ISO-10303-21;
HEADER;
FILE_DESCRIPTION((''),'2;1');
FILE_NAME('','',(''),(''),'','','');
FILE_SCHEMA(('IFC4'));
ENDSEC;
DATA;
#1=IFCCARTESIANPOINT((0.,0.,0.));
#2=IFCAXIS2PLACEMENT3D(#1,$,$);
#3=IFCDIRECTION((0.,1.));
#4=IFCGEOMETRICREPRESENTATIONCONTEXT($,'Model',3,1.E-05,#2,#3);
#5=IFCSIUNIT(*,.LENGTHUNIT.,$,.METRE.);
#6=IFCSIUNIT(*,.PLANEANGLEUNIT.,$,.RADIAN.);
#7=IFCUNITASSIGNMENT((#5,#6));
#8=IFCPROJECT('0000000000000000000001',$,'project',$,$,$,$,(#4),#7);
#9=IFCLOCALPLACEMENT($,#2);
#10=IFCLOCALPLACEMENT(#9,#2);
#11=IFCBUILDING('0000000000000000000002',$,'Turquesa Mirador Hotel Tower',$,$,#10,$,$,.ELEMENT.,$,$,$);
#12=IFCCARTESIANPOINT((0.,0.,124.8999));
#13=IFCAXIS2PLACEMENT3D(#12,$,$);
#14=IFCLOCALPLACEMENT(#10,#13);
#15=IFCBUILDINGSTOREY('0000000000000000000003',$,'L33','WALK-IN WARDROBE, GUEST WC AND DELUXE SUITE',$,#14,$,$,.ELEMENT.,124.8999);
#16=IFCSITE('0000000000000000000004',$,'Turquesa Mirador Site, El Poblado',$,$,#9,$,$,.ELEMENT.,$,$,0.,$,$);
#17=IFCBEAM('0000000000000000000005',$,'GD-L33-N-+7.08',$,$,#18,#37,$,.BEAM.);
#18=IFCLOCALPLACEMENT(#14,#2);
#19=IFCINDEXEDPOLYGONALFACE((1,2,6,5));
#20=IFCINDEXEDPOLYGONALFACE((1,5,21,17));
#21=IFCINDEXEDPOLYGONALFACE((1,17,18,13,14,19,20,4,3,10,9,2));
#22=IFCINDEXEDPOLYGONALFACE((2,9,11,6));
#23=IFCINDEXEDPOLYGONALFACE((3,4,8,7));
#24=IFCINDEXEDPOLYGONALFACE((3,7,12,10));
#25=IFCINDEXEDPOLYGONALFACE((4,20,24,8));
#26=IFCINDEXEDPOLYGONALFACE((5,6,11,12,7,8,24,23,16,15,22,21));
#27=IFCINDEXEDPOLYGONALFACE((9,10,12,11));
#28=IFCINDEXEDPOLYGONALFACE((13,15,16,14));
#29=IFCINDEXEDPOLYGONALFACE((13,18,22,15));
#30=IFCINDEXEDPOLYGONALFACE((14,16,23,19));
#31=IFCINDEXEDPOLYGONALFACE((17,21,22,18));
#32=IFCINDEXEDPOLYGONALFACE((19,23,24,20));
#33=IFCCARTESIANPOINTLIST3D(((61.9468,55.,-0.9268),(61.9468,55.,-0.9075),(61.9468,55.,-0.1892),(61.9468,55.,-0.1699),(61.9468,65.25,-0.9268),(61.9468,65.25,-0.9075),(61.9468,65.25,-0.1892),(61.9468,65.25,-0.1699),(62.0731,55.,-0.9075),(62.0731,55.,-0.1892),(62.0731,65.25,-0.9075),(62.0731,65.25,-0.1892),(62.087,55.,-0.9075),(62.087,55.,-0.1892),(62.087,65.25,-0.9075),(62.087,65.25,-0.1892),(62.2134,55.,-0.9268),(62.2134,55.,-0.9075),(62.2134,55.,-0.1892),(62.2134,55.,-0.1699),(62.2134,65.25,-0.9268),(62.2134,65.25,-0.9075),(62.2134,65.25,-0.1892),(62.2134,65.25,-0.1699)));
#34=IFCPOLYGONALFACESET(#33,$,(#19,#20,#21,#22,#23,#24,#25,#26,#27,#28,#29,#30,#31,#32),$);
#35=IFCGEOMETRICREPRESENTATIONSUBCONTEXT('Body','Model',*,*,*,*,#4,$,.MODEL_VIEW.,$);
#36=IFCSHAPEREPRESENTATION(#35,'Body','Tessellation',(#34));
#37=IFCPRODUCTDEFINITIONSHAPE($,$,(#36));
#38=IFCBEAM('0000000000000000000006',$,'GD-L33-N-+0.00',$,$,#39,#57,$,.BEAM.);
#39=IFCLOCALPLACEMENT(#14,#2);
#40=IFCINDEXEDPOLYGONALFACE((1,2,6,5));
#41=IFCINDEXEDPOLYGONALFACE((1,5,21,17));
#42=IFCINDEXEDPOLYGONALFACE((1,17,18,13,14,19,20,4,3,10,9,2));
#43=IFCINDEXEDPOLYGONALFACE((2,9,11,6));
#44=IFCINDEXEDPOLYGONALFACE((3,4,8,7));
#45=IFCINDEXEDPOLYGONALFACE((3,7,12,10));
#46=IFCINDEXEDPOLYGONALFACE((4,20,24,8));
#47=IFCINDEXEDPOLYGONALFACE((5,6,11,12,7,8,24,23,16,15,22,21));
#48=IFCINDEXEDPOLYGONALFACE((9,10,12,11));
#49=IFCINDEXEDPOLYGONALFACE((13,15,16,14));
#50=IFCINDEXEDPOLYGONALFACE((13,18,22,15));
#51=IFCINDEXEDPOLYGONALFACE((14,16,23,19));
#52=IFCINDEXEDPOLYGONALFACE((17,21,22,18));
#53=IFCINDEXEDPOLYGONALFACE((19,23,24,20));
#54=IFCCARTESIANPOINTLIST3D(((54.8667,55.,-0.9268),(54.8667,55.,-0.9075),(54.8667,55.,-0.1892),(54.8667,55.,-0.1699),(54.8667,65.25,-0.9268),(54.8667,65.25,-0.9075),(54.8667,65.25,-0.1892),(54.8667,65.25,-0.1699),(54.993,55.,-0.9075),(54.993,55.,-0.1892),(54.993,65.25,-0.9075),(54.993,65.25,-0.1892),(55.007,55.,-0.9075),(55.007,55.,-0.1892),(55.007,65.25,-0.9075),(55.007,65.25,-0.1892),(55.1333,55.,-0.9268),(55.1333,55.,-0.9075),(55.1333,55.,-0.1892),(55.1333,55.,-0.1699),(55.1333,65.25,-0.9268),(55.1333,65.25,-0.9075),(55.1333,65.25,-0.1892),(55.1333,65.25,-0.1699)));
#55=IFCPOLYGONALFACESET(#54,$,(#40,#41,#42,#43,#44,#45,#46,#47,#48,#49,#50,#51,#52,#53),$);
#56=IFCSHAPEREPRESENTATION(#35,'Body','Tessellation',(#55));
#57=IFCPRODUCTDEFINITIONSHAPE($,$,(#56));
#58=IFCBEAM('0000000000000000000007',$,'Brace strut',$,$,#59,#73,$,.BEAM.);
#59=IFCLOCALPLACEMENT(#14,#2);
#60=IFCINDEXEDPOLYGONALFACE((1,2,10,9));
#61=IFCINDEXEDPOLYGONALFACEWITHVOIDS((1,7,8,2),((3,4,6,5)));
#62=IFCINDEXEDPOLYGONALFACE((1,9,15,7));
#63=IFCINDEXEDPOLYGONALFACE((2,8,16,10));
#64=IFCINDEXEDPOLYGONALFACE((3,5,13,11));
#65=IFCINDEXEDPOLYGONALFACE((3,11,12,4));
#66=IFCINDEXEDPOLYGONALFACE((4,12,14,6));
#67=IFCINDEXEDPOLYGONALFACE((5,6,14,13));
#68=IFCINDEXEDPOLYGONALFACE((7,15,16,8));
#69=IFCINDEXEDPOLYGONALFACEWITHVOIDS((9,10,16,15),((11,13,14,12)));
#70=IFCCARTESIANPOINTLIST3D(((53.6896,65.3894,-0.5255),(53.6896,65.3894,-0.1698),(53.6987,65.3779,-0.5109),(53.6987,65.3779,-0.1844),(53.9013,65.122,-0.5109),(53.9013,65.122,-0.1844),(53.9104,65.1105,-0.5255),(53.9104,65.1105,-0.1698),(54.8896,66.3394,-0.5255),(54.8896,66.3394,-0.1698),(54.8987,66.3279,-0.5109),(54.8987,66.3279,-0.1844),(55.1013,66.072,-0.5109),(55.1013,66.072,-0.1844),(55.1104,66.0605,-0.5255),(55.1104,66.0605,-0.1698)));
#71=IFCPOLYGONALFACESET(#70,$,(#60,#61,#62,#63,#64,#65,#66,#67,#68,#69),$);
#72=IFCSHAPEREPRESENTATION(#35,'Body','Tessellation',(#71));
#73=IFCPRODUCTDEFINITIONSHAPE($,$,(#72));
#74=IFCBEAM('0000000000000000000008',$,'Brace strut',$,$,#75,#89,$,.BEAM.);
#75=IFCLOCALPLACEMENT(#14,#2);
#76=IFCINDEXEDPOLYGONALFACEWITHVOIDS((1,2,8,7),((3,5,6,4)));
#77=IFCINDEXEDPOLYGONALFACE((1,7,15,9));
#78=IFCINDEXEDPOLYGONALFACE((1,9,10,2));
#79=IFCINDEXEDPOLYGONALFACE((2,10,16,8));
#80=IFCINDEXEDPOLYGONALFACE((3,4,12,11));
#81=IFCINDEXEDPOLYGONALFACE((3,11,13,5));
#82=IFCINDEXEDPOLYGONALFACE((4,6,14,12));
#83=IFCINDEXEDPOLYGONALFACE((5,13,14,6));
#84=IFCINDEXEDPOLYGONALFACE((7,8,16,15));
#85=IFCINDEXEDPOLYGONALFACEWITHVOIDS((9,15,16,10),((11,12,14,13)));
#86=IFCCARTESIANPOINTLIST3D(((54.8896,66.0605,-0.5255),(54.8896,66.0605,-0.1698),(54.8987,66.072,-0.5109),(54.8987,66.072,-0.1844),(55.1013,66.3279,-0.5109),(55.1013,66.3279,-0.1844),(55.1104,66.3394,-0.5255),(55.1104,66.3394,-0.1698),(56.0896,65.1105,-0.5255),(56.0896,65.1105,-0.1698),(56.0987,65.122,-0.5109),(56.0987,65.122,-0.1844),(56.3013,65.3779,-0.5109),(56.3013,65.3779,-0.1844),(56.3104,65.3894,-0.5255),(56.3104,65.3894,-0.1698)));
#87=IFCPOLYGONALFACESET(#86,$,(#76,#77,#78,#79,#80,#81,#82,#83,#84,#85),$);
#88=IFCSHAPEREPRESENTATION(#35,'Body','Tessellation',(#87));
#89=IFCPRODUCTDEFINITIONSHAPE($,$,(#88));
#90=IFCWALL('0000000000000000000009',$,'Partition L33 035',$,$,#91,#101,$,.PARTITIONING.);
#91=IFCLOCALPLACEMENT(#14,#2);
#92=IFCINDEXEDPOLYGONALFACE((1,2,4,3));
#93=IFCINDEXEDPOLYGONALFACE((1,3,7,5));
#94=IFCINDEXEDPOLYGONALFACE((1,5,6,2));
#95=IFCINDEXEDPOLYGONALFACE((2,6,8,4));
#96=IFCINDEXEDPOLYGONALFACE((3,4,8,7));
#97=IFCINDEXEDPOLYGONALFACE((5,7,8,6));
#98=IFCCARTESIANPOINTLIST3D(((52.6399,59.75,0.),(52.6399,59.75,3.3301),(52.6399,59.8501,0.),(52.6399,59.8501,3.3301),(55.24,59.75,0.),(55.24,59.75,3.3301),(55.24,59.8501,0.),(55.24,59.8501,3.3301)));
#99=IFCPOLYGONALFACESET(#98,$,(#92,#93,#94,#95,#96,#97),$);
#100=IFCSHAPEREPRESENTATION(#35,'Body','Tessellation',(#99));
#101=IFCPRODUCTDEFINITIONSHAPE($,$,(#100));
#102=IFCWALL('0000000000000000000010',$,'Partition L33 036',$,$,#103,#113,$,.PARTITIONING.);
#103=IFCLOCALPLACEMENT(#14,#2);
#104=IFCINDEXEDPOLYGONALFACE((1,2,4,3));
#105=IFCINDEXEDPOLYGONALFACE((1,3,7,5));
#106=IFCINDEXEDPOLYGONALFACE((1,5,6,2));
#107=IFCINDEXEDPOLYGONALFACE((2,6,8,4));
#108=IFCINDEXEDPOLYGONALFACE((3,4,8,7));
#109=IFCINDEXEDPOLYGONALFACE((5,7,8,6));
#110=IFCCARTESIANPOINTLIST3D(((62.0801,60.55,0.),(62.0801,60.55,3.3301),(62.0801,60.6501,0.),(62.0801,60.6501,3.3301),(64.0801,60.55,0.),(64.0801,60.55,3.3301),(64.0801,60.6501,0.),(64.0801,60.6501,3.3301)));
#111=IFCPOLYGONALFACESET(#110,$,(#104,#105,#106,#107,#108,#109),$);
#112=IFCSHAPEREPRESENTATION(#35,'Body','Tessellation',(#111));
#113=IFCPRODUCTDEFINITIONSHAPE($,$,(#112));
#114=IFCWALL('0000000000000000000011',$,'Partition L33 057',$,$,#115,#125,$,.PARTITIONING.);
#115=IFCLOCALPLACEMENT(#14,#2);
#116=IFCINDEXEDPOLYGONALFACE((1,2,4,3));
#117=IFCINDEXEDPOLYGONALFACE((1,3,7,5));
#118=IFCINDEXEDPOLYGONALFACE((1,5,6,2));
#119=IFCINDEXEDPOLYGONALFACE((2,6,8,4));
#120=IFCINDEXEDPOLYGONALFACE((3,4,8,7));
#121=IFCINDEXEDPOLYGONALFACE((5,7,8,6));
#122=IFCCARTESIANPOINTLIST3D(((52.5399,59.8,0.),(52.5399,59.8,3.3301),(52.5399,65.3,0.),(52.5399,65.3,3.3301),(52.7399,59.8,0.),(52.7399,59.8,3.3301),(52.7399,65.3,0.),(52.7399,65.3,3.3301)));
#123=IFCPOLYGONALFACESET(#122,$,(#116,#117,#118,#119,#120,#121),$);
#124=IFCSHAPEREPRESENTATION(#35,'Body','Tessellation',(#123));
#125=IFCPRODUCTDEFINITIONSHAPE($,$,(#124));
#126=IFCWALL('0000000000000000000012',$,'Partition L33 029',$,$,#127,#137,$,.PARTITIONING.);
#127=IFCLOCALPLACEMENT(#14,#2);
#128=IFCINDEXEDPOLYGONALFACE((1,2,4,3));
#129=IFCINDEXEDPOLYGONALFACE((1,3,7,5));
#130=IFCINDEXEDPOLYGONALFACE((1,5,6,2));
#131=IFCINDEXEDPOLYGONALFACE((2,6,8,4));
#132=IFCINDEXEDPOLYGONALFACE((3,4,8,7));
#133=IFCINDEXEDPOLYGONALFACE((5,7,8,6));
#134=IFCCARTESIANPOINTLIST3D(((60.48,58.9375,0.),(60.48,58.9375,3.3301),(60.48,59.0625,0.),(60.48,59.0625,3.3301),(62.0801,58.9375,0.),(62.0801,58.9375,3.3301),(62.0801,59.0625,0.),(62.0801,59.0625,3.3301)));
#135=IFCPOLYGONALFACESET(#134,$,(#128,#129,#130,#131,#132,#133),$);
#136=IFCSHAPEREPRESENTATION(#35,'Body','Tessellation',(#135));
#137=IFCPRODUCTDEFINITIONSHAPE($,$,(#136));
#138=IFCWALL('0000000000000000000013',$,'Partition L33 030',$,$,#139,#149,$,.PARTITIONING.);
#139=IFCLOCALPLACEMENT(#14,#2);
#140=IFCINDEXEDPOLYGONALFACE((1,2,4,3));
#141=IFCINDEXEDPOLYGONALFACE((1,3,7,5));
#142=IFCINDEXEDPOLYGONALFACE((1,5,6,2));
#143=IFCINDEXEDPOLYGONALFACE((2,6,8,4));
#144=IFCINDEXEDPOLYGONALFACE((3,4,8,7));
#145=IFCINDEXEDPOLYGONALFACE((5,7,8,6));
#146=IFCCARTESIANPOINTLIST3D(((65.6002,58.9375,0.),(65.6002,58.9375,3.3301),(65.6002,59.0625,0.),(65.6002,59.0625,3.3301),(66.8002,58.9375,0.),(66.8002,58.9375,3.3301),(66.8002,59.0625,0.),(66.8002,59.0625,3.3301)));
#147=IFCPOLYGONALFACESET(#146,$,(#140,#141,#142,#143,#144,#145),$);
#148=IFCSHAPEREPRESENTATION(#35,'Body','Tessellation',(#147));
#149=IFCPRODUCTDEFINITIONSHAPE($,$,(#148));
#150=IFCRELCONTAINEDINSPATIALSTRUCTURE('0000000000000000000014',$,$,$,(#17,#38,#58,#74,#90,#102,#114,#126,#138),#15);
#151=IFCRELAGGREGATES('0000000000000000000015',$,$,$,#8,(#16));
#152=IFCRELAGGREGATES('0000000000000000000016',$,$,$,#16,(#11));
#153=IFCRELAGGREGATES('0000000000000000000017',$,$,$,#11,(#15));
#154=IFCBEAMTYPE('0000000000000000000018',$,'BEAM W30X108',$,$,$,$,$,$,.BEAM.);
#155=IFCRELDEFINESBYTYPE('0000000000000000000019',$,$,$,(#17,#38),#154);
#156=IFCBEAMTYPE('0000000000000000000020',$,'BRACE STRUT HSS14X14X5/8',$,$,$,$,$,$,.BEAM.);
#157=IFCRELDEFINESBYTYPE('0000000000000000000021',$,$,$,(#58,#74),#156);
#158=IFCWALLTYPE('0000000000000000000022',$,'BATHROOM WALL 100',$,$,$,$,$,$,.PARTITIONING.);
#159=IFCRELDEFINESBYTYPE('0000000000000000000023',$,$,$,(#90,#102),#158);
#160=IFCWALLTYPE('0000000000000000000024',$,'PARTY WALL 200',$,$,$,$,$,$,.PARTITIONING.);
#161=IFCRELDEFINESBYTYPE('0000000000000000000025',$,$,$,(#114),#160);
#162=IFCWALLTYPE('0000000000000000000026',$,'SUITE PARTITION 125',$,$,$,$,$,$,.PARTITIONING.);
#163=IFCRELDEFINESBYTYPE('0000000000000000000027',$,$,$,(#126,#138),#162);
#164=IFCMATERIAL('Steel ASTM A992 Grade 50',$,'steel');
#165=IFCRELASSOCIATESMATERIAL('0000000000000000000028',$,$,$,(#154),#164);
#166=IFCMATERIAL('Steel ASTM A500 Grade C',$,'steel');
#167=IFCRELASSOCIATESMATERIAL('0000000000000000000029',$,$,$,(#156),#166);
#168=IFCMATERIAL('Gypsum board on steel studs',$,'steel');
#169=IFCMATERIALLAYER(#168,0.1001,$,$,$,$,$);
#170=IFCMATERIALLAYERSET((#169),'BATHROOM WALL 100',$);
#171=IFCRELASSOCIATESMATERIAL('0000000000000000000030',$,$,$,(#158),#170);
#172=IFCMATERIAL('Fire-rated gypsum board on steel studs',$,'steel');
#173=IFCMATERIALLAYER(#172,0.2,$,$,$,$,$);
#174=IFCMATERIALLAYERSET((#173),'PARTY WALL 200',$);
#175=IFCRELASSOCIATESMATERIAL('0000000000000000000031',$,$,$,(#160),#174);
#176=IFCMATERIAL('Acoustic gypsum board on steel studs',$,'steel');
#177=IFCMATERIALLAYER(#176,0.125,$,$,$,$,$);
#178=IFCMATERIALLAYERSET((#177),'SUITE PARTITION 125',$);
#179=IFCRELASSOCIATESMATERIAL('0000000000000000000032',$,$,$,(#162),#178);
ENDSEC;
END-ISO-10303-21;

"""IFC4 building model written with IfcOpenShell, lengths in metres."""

from ifc_helpers import new_model, si_unit, direction, frame, frame_2d, origin, origin_2d, place, context, subcontext, project, spatial, rectangle, hollow_rectangle, i_section, extrude, material, layer, layer_set, material_profile, profile_set, type_object, element, save


model = new_model("IFC4")

# Units and contexts
model_context = context("Model", 3, precision=1e-05, world=origin(), true_north=direction((0.0, 1.0)))
body_context = subcontext(model_context, "Body", "Model", "MODEL_VIEW")
ifc_project = project(units=[si_unit("LENGTHUNIT", "METRE"), si_unit("PLANEANGLEUNIT", "RADIAN")], contexts=[model_context])

# Site, building, storey
site_placement = place(None, origin())
site = spatial("IfcSite", under=ifc_project, at=site_placement, Name="Turquesa Mirador Site, El Poblado", CompositionType="ELEMENT", RefElevation=0.0)
building_placement = place(site_placement, origin())
building = spatial("IfcBuilding", under=site, at=building_placement, Name="Turquesa Mirador Hotel Tower", CompositionType="ELEMENT")
storey_placement = place(building_placement, frame((0.0, 0.0, 124.8999)))
storey = spatial("IfcBuildingStorey", under=building, at=storey_placement, Name="L33", Description="WALK-IN WARDROBE, GUEST WC AND DELUXE SUITE", CompositionType="ELEMENT", Elevation=124.8999)

# Beams
ifc_material_1 = material(Name="Steel ASTM A992 Grade 50", Category="steel")
ifc_material_profile_1 = material_profile(ifc_material_1, i_section(OverallWidth=0.2666, OverallDepth=0.7568, WebThickness=0.0139, FlangeThickness=0.0193, at=origin_2d()), Name="W30X108")
ifc_profile_set_1 = profile_set([ifc_material_profile_1], Name="Steel ASTM A992 Grade 50")
beam_type_1 = type_object("IfcBeamType", Name="BEAM W30X108", PredefinedType="BEAM", material=ifc_profile_set_1)
for number, where, z_axis, x_axis, name in (
    (1, (62.0801, 65.25, -0.5483), (0.0, -1.0, 0.0), (1.0, 0.0, 0.0), "GD-L33-N-+7.08"),
    (2, (55.0, 65.25, -0.5483), (0.0, -1.0, 0.0), (1.0, 0.0, 0.0), "GD-L33-N-+0.00"),
):
    element("IfcBeam", number, at=place(storey_placement, frame(where, z_axis=z_axis, x_axis=x_axis)), inside=storey, type_object=beam_type_1, Name=name, PredefinedType="BEAM", context=body_context, shape_type="SweptSolid", body=[
        extrude(i_section(OverallWidth=0.2666, OverallDepth=0.7568, WebThickness=0.0139, FlangeThickness=0.0193, at=origin_2d()), origin(), (0.0, 0.0, 1.0), 10.25),
    ])
ifc_material_2 = material(Name="Steel ASTM A500 Grade C", Category="steel")
ifc_material_profile_2 = material_profile(ifc_material_2, hollow_rectangle(XDim=0.3557, YDim=0.3557, WallThickness=0.0146, at=origin_2d()), Name="HSS14X14X5/8")
ifc_profile_set_2 = profile_set([ifc_material_profile_2], Name="Steel ASTM A500 Grade C")
beam_type_2 = type_object("IfcBeamType", Name="BRACE STRUT HSS14X14X5/8", PredefinedType="BEAM", material=ifc_profile_set_2)
for number, where, z_axis, x_axis, name in (
    (3, (55.0, 66.2, -0.3477), (-0.784049, -0.620699, 0.0), (0.620699, -0.784049, 0.0), "Brace strut"),
    (4, (55.0, 66.2, -0.3477), (0.784049, -0.620699, 0.0), (0.620699, 0.784049, 0.0), "Brace strut"),
):
    element("IfcBeam", number, at=place(storey_placement, frame(where, z_axis=z_axis, x_axis=x_axis)), inside=storey, type_object=beam_type_2, Name=name, PredefinedType="BEAM", context=body_context, shape_type="SweptSolid", body=[
        extrude(hollow_rectangle(XDim=0.3557, YDim=0.3557, WallThickness=0.0146, at=origin_2d()), origin(), (0.0, 0.0, 1.0), 1.5305),
    ])

# Walls
ifc_material_3 = material(Name="Gypsum board on steel studs", Category="steel")
ifc_layer_1 = layer(ifc_material_3, 0.1001)
ifc_layer_set_1 = layer_set([ifc_layer_1], Name="BATHROOM WALL 100")
wall_type_1 = type_object("IfcWallType", Name="BATHROOM WALL 100", PredefinedType="PARTITIONING", material=ifc_layer_set_1)
wall_1_placement = place(storey_placement, frame((52.6399, 59.8, 0.0), z_axis=(0.0, 0.0, 1.0), x_axis=(1.0, 0.0, 0.0)))
element("IfcWall", 5, at=wall_1_placement, inside=storey, type_object=wall_type_1, Name="Partition L33 035", PredefinedType="PARTITIONING", context=body_context, shape_type="SweptSolid", body=[
    extrude(rectangle(XDim=2.6001, YDim=0.1001, at=frame_2d((1.3, 0.0))), origin(), (0.0, 0.0, 1.0), 3.3301),
])
wall_2_placement = place(storey_placement, frame((62.0801, 60.6001, 0.0), z_axis=(0.0, 0.0, 1.0), x_axis=(1.0, 0.0, 0.0)))
element("IfcWall", 6, at=wall_2_placement, inside=storey, type_object=wall_type_1, Name="Partition L33 036", PredefinedType="PARTITIONING", context=body_context, shape_type="SweptSolid", body=[
    extrude(rectangle(XDim=2.0, YDim=0.1001, at=frame_2d((1.0, 0.0))), origin(), (0.0, 0.0, 1.0), 3.3301),
])
ifc_material_4 = material(Name="Fire-rated gypsum board on steel studs", Category="steel")
ifc_layer_2 = layer(ifc_material_4, 0.2)
ifc_layer_set_2 = layer_set([ifc_layer_2], Name="PARTY WALL 200")
wall_type_2 = type_object("IfcWallType", Name="PARTY WALL 200", PredefinedType="PARTITIONING", material=ifc_layer_set_2)
wall_3_placement = place(storey_placement, frame((52.6399, 59.8, 0.0), z_axis=(0.0, 0.0, 1.0), x_axis=(0.0, 1.0, 0.0)))
element("IfcWall", 7, at=wall_3_placement, inside=storey, type_object=wall_type_2, Name="Partition L33 057", PredefinedType="PARTITIONING", context=body_context, shape_type="SweptSolid", body=[
    extrude(rectangle(XDim=5.5, YDim=0.2, at=frame_2d((2.75, 0.0))), origin(), (0.0, 0.0, 1.0), 3.3301),
])
ifc_material_5 = material(Name="Acoustic gypsum board on steel studs", Category="steel")
ifc_layer_3 = layer(ifc_material_5, 0.125)
ifc_layer_set_3 = layer_set([ifc_layer_3], Name="SUITE PARTITION 125")
wall_type_3 = type_object("IfcWallType", Name="SUITE PARTITION 125", PredefinedType="PARTITIONING", material=ifc_layer_set_3)
wall_4_placement = place(storey_placement, frame((60.48, 59.0, 0.0), z_axis=(0.0, 0.0, 1.0), x_axis=(1.0, 0.0, 0.0)))
element("IfcWall", 8, at=wall_4_placement, inside=storey, type_object=wall_type_3, Name="Partition L33 029", PredefinedType="PARTITIONING", context=body_context, shape_type="SweptSolid", body=[
    extrude(rectangle(XDim=1.6001, YDim=0.125, at=frame_2d((0.8, 0.0))), origin(), (0.0, 0.0, 1.0), 3.3301),
])
wall_5_placement = place(storey_placement, frame((65.6001, 59.0, 0.0), z_axis=(0.0, 0.0, 1.0), x_axis=(1.0, 0.0, 0.0)))
element("IfcWall", 9, at=wall_5_placement, inside=storey, type_object=wall_type_3, Name="Partition L33 030", PredefinedType="PARTITIONING", context=body_context, shape_type="SweptSolid", body=[
    extrude(rectangle(XDim=1.2, YDim=0.125, at=frame_2d((0.6001, 0.0))), origin(), (0.0, 0.0, 1.0), 3.3301),
])

save(model, "model.ifc")
